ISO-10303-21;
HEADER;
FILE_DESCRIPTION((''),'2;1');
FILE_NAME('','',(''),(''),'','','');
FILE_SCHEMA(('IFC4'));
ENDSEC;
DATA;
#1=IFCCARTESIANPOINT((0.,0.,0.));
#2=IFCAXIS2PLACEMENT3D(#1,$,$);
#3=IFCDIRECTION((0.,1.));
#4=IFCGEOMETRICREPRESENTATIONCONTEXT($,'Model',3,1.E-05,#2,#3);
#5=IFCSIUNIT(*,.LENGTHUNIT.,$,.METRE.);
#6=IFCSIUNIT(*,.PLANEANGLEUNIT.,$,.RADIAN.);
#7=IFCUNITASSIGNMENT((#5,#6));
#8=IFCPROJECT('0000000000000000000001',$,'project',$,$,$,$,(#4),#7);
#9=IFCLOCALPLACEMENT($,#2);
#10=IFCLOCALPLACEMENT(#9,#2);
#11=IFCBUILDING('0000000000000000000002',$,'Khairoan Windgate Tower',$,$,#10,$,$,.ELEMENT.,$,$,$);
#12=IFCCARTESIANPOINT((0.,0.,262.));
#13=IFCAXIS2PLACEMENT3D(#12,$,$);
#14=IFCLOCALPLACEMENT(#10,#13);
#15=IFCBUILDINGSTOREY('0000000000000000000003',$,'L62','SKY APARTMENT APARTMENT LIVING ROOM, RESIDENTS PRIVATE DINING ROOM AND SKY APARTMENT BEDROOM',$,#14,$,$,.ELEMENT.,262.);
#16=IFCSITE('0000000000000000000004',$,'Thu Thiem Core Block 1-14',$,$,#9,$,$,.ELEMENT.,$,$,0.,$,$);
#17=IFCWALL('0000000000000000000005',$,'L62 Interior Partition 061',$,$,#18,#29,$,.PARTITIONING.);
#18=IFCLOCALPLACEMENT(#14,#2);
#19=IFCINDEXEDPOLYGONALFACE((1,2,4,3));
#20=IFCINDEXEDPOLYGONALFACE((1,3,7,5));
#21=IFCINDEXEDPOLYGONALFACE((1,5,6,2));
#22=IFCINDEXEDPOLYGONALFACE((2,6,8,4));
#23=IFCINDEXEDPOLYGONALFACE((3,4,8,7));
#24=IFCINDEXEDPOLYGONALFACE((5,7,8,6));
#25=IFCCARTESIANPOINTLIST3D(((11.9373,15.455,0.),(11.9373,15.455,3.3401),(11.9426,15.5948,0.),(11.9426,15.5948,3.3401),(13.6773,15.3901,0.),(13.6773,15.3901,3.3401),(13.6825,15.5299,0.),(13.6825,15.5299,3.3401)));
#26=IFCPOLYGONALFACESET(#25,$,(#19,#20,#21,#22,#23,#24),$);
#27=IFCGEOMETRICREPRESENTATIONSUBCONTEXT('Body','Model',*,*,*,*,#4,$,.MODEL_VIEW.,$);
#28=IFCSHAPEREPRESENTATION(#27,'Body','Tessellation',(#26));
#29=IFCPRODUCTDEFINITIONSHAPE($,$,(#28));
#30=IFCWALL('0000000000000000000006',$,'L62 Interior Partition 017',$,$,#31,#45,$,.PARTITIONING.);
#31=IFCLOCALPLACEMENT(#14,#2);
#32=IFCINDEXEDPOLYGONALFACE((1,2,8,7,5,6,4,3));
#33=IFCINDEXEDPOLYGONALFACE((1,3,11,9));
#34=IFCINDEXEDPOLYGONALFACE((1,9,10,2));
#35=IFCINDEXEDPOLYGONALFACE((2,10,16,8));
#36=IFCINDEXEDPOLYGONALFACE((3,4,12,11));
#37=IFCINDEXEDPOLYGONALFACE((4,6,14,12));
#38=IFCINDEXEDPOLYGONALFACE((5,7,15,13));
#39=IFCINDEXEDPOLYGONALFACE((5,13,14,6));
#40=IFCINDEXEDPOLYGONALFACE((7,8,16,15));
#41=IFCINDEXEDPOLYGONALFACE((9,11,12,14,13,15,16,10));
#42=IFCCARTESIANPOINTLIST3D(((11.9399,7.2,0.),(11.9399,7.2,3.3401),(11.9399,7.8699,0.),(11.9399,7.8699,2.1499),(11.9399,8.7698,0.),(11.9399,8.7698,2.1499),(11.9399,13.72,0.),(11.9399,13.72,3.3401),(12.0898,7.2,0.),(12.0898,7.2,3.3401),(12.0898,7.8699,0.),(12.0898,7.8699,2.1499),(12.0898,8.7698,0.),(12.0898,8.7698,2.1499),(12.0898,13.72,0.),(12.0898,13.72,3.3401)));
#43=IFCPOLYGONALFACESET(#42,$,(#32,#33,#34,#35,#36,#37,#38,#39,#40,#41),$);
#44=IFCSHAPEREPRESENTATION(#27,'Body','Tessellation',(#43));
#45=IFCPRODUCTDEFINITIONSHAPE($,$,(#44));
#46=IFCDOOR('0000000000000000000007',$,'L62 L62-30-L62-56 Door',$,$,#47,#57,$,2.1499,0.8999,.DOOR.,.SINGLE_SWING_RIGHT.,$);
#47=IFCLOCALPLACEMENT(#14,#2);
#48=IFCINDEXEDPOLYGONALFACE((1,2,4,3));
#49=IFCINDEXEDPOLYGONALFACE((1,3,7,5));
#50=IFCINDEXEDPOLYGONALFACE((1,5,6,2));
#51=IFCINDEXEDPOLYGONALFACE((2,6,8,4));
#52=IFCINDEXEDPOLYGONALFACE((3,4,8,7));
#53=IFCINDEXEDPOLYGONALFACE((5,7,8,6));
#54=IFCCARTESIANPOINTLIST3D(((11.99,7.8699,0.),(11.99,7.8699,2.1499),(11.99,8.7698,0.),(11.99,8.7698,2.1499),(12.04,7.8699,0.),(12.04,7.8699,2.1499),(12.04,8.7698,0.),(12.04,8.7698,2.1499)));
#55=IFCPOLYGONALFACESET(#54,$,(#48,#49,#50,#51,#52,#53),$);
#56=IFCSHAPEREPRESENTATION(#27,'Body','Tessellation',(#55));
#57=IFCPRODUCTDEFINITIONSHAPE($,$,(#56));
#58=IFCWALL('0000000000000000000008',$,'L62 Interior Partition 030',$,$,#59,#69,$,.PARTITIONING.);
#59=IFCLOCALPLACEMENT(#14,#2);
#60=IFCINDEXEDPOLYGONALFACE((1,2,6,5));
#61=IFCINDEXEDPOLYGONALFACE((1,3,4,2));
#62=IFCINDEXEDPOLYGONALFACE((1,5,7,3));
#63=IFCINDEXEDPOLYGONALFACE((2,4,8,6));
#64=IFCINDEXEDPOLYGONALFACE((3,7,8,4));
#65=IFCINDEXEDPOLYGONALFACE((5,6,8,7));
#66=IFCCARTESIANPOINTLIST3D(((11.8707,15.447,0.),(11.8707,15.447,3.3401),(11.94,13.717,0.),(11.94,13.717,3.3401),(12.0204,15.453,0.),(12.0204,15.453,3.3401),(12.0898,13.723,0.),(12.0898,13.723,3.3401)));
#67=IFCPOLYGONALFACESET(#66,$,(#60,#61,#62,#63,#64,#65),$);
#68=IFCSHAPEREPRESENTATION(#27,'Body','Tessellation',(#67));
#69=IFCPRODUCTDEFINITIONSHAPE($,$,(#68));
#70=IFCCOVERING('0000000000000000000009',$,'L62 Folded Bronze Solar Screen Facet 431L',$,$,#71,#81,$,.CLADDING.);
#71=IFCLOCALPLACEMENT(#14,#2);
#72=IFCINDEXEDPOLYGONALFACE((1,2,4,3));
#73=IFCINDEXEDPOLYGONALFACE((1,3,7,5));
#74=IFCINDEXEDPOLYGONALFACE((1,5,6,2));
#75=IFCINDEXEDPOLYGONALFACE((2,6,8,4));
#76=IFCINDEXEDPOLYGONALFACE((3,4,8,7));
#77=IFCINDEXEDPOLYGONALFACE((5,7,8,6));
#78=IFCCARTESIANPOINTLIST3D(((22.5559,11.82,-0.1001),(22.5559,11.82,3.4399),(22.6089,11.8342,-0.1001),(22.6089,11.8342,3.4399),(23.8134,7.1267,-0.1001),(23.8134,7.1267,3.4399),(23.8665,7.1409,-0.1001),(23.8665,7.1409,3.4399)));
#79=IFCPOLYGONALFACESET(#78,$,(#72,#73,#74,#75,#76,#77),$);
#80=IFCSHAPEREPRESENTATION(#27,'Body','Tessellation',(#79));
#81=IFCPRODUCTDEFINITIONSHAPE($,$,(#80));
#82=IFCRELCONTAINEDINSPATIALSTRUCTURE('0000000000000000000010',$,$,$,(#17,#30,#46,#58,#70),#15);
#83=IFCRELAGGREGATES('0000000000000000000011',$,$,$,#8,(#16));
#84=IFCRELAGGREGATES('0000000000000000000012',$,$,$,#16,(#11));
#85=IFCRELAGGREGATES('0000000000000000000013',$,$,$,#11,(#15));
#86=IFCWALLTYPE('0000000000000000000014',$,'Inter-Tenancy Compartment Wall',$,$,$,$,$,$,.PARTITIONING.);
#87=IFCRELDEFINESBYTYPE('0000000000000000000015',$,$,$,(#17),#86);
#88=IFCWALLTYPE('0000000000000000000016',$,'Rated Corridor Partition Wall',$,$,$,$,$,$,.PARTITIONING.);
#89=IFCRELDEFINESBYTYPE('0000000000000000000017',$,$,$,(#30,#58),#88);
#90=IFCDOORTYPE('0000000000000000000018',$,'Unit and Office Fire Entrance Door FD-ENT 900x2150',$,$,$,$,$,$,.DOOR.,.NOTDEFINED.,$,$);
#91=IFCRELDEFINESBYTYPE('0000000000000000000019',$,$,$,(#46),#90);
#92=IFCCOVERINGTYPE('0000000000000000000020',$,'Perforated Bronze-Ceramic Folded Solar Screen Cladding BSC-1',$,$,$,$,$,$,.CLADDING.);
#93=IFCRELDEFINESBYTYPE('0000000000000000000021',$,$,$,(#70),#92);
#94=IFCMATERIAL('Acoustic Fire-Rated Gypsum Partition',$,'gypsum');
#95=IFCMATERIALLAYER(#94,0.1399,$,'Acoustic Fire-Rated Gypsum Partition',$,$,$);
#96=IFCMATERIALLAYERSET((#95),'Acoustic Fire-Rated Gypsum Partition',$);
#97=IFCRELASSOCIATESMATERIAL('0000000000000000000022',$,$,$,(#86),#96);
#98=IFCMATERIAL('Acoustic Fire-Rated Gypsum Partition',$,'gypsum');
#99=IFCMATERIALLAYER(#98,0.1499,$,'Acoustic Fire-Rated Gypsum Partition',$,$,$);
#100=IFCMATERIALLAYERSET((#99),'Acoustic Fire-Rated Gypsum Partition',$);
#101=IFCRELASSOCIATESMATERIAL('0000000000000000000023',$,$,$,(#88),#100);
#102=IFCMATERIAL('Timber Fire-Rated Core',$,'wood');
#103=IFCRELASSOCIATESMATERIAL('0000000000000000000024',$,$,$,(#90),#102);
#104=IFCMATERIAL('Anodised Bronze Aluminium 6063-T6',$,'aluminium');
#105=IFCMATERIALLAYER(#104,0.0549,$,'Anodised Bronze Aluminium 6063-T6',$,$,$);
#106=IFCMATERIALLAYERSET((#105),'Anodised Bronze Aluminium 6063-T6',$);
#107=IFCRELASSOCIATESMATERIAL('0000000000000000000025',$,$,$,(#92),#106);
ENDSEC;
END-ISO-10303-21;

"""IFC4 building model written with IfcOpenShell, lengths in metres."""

from ifc_helpers import new_model, si_unit, direction, frame, frame_2d, origin, origin_2d, place, context, subcontext, project, spatial, rectangle, extrude, material, layer, layer_set, type_object, element, fill, save


model = new_model("IFC4")

# Units and contexts
model_context = context("Model", 3, precision=1e-05, world=origin(), true_north=direction((0.0, 1.0)))
body_context = subcontext(model_context, "Body", "Model", "MODEL_VIEW")
ifc_project = project(units=[si_unit("LENGTHUNIT", "METRE"), si_unit("PLANEANGLEUNIT", "RADIAN")], contexts=[model_context])

# Site, building, storey
site_placement = place(None, origin())
site = spatial("IfcSite", under=ifc_project, at=site_placement, Name="Thu Thiem Core Block 1-14", CompositionType="ELEMENT", RefElevation=0.0)
building_placement = place(site_placement, origin())
building = spatial("IfcBuilding", under=site, at=building_placement, Name="Khairoan Windgate Tower", CompositionType="ELEMENT")
storey_placement = place(building_placement, frame((0.0, 0.0, 262.0)))
storey = spatial("IfcBuildingStorey", under=building, at=storey_placement, Name="L62", Description="SKY APARTMENT APARTMENT LIVING ROOM, RESIDENTS PRIVATE DINING ROOM AND SKY APARTMENT BEDROOM", CompositionType="ELEMENT", Elevation=262.0)

# Wall
ifc_material_1 = material(Name="Acoustic Fire-Rated Gypsum Partition", Category="gypsum")
ifc_layer_1 = layer(ifc_material_1, 0.1399, Name="Acoustic Fire-Rated Gypsum Partition")
ifc_layer_set_1 = layer_set([ifc_layer_1], Name="Acoustic Fire-Rated Gypsum Partition")
wall_type_1 = type_object("IfcWallType", Name="Inter-Tenancy Compartment Wall", PredefinedType="PARTITIONING", material=ifc_layer_set_1)
wall_1_placement = place(storey_placement, frame((11.9399, 15.5249, 0.0), z_axis=(0.0, 0.0, 1.0), x_axis=(0.999304, -0.037297, 0.0)))
element("IfcWall", 1, at=wall_1_placement, inside=storey, type_object=wall_type_1, Name="L62 Interior Partition 061", PredefinedType="PARTITIONING", context=body_context, shape_type="SweptSolid", body=[
    extrude(rectangle(XDim=1.7412, YDim=0.1399, at=frame_2d((0.8706, 0.0))), origin(), (0.0, 0.0, 1.0), 3.3401),
])

# Wall, opening, door
ifc_material_2 = material(Name="Acoustic Fire-Rated Gypsum Partition", Category="gypsum")
ifc_layer_2 = layer(ifc_material_2, 0.1499, Name="Acoustic Fire-Rated Gypsum Partition")
ifc_layer_set_2 = layer_set([ifc_layer_2], Name="Acoustic Fire-Rated Gypsum Partition")
wall_type_2 = type_object("IfcWallType", Name="Rated Corridor Partition Wall", PredefinedType="PARTITIONING", material=ifc_layer_set_2)
wall_2_placement = place(storey_placement, frame((12.0149, 7.2, 0.0), z_axis=(0.0, 0.0, 1.0), x_axis=(0.0, 1.0, 0.0)))
wall_2 = element("IfcWall", 2, at=wall_2_placement, inside=storey, type_object=wall_type_2, Name="L62 Interior Partition 017", PredefinedType="PARTITIONING", context=body_context, shape_type="SweptSolid", body=[
    extrude(rectangle(XDim=6.52, YDim=0.1499, at=frame_2d((3.26, 0.0))), origin(), (0.0, 0.0, 1.0), 3.3401),
])
opening_placement = place(wall_2_placement, frame((0.6699, 0.0, 0.0)))
opening = element("IfcOpeningElement", 3, at=opening_placement, cuts=wall_2, PredefinedType="OPENING", context=body_context, shape_type="SweptSolid", body=[
    extrude(rectangle(XDim=0.8999, YDim=2.1499, at=frame_2d((0.45, 1.075))), frame((0.0, 0.085, 0.0), z_axis=(0.0, -1.0, 0.0), x_axis=(1.0, 0.0, 0.0)), (0.0, 0.0, 1.0), 0.1699),
])
ifc_material_3 = material(Name="Timber Fire-Rated Core", Category="wood")
door_type = type_object("IfcDoorType", Name="Unit and Office Fire Entrance Door FD-ENT 900x2150", OperationType="NOTDEFINED", PredefinedType="DOOR", material=ifc_material_3)
door_placement = place(opening_placement, origin())
door = element("IfcDoor", 4, at=door_placement, inside=storey, type_object=door_type, Name="L62 L62-30-L62-56 Door", OperationType="SINGLE_SWING_RIGHT", OverallHeight=2.1499, OverallWidth=0.8999, PredefinedType="DOOR", context=body_context, shape_type="SweptSolid", body=[
    extrude(rectangle(XDim=0.8999, YDim=2.1499, at=frame_2d((0.45, 1.075))), frame((0.0, 0.0249, 0.0), z_axis=(0.0, -1.0, 0.0), x_axis=(1.0, 0.0, 0.0)), (0.0, 0.0, 1.0), 0.05),
])
fill(opening, door)

# Wall
wall_3_placement = place(storey_placement, frame((12.0149, 13.72, 0.0), z_axis=(0.0, 0.0, 1.0), x_axis=(-0.040047, 0.999198, 0.0)))
element("IfcWall", 5, at=wall_3_placement, inside=storey, type_object=wall_type_2, Name="L62 Interior Partition 030", PredefinedType="PARTITIONING", context=body_context, shape_type="SweptSolid", body=[
    extrude(rectangle(XDim=1.7314, YDim=0.1499, at=frame_2d((0.8657, 0.0))), origin(), (0.0, 0.0, 1.0), 3.3401),
])

# Covering
ifc_material_4 = material(Name="Anodised Bronze Aluminium 6063-T6", Category="aluminium")
ifc_layer_3 = layer(ifc_material_4, 0.0549, Name="Anodised Bronze Aluminium 6063-T6")
ifc_layer_set_3 = layer_set([ifc_layer_3], Name="Anodised Bronze Aluminium 6063-T6")
covering_type = type_object("IfcCoveringType", Name="Perforated Bronze-Ceramic Folded Solar Screen Cladding BSC-1", PredefinedType="CLADDING", material=ifc_layer_set_3)
covering_placement = place(storey_placement, frame((23.2112, 9.4805, -0.1001), z_axis=(0.0, 0.0, 1.0), x_axis=(0.258819, -0.965926, 0.0)))
element("IfcCovering", 6, at=covering_placement, inside=storey, type_object=covering_type, Name="L62 Folded Bronze Solar Screen Facet 431L", PredefinedType="CLADDING", context=body_context, shape_type="SweptSolid", body=[
    extrude(rectangle(XDim=4.8589, YDim=0.0549, at=origin_2d()), origin(), (0.0, 0.0, 1.0), 3.54),
])

save(model, "model.ifc")
